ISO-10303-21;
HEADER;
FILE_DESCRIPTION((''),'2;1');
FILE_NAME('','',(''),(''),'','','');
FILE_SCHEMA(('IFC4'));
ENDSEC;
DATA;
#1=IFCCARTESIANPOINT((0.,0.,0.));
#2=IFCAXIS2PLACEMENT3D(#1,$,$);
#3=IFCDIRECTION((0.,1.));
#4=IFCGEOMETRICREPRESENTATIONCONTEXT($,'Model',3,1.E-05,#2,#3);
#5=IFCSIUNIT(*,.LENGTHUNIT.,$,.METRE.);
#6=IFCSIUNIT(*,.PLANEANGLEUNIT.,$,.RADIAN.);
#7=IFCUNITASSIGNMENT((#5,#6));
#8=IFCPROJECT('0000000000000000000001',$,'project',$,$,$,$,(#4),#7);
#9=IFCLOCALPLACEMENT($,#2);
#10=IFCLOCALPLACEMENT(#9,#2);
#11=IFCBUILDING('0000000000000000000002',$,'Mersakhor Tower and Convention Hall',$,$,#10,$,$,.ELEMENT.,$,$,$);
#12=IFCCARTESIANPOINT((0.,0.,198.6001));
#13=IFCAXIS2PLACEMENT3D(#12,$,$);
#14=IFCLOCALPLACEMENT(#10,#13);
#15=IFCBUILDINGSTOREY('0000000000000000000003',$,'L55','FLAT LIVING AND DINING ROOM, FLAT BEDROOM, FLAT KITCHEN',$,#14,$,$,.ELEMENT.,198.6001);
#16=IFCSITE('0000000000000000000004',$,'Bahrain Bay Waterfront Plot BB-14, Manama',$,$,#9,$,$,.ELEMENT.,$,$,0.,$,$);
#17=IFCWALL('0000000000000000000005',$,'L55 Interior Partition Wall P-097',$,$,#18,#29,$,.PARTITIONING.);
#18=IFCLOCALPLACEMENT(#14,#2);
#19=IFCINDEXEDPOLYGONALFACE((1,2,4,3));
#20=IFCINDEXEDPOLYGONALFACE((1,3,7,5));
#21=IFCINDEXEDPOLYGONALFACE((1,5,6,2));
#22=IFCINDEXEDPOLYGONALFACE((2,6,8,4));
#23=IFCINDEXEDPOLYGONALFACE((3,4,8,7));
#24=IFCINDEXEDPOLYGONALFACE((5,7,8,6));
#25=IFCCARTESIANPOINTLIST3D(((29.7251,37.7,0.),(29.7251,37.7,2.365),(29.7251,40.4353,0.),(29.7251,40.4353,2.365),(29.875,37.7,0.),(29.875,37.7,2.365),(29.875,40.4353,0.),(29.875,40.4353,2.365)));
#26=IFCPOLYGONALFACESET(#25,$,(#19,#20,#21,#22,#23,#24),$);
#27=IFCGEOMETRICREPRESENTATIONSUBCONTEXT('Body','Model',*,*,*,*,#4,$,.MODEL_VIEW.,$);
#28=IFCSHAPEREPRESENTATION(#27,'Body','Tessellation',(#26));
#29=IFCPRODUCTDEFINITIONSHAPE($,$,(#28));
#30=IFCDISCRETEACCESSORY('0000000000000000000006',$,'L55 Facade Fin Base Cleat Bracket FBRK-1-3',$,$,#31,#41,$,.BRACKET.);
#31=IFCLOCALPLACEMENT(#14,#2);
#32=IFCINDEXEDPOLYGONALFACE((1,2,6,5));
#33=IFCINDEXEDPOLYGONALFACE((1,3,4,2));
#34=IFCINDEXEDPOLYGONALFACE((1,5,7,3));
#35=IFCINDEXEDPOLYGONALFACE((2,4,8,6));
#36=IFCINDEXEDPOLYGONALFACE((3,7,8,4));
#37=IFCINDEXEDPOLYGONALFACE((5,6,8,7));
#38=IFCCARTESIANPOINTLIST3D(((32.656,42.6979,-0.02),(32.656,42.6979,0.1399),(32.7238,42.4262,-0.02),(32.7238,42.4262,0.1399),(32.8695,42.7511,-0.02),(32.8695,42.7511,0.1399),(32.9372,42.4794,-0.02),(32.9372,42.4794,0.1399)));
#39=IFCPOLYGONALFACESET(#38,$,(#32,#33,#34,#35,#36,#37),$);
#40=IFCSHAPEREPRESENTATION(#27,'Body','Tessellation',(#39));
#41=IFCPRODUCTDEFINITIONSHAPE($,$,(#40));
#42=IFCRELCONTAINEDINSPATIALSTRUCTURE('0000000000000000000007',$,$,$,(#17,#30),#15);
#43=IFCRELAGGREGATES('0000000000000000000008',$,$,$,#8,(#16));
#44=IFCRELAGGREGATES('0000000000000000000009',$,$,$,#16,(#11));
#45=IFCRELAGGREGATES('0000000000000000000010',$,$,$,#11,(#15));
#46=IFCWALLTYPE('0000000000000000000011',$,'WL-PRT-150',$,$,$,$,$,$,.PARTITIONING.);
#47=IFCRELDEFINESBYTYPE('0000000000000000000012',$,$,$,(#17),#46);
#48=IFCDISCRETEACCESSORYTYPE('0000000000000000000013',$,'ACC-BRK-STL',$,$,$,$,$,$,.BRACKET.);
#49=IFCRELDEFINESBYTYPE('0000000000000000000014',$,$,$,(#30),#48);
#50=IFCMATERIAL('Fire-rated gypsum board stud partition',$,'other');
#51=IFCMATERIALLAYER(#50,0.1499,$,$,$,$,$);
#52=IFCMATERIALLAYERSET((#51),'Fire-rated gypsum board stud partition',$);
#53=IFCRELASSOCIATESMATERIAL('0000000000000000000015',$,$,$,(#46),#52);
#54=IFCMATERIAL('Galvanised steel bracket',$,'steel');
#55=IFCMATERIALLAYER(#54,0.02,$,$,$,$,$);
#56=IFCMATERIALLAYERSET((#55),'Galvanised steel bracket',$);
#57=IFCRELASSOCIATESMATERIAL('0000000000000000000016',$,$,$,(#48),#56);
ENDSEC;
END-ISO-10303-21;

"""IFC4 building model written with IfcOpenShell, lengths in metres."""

from ifc_helpers import new_model, si_unit, direction, frame, frame_2d, origin, origin_2d, place, context, subcontext, project, spatial, rectangle, extrude, material, layer, layer_set, type_object, element, save


model = new_model("IFC4")

# Units and contexts
model_context = context("Model", 3, precision=1e-05, world=origin(), true_north=direction((0.0, 1.0)))
body_context = subcontext(model_context, "Body", "Model", "MODEL_VIEW")
ifc_project = project(units=[si_unit("LENGTHUNIT", "METRE"), si_unit("PLANEANGLEUNIT", "RADIAN")], contexts=[model_context])

# Site, building, storey
site_placement = place(None, origin())
site = spatial("IfcSite", under=ifc_project, at=site_placement, Name="Bahrain Bay Waterfront Plot BB-14, Manama", CompositionType="ELEMENT", RefElevation=0.0)
building_placement = place(site_placement, origin())
building = spatial("IfcBuilding", under=site, at=building_placement, Name="Mersakhor Tower and Convention Hall", CompositionType="ELEMENT")
storey_placement = place(building_placement, frame((0.0, 0.0, 198.6001)))
storey = spatial("IfcBuildingStorey", under=building, at=storey_placement, Name="L55", Description="FLAT LIVING AND DINING ROOM, FLAT BEDROOM, FLAT KITCHEN", CompositionType="ELEMENT", Elevation=198.6001)

# Shared definitions
ifc_material_1 = material(Name="Fire-rated gypsum board stud partition", Category="other")
ifc_layer_1 = layer(ifc_material_1, 0.1499)
ifc_layer_set_1 = layer_set([ifc_layer_1], Name="Fire-rated gypsum board stud partition")
wall_type_1 = type_object("IfcWallType", Name="WL-PRT-150", PredefinedType="PARTITIONING", material=ifc_layer_set_1)

# Wall
wall_1_placement = place(storey_placement, frame((29.8, 40.4353, 0.0), z_axis=(0.0, 0.0, 1.0), x_axis=(0.0, -1.0, 0.0)))
element("IfcWall", 1, at=wall_1_placement, inside=storey, type_object=wall_type_1, Name="L55 Interior Partition Wall P-097", PredefinedType="PARTITIONING", context=body_context, shape_type="SweptSolid", body=[
    extrude(rectangle(XDim=2.7354, YDim=0.1499, at=frame_2d((1.3677, 0.0))), origin(), (0.0, 0.0, 1.0), 2.365),
])

# Discrete accessory
ifc_material_2 = material(Name="Galvanised steel bracket", Category="steel")
ifc_layer_2 = layer(ifc_material_2, 0.02)
ifc_layer_set_2 = layer_set([ifc_layer_2], Name="Galvanised steel bracket")
discrete_accessory_type = type_object("IfcDiscreteAccessoryType", Name="ACC-BRK-STL", PredefinedType="BRACKET", material=ifc_layer_set_2)
discrete_accessory_placement = place(storey_placement, frame((32.7966, 42.5886, -0.02), z_axis=(0.0, 0.0, 1.0), x_axis=(-0.241922, 0.970296, 0.0)))
element("IfcDiscreteAccessory", 2, at=discrete_accessory_placement, inside=storey, type_object=discrete_accessory_type, Name="L55 Facade Fin Base Cleat Bracket FBRK-1-3", PredefinedType="BRACKET", context=body_context, shape_type="SweptSolid", body=[
    extrude(rectangle(XDim=0.28, YDim=0.22, at=origin_2d()), origin(), (0.0, 0.0, 1.0), 0.1599),
])

save(model, "model.ifc")
